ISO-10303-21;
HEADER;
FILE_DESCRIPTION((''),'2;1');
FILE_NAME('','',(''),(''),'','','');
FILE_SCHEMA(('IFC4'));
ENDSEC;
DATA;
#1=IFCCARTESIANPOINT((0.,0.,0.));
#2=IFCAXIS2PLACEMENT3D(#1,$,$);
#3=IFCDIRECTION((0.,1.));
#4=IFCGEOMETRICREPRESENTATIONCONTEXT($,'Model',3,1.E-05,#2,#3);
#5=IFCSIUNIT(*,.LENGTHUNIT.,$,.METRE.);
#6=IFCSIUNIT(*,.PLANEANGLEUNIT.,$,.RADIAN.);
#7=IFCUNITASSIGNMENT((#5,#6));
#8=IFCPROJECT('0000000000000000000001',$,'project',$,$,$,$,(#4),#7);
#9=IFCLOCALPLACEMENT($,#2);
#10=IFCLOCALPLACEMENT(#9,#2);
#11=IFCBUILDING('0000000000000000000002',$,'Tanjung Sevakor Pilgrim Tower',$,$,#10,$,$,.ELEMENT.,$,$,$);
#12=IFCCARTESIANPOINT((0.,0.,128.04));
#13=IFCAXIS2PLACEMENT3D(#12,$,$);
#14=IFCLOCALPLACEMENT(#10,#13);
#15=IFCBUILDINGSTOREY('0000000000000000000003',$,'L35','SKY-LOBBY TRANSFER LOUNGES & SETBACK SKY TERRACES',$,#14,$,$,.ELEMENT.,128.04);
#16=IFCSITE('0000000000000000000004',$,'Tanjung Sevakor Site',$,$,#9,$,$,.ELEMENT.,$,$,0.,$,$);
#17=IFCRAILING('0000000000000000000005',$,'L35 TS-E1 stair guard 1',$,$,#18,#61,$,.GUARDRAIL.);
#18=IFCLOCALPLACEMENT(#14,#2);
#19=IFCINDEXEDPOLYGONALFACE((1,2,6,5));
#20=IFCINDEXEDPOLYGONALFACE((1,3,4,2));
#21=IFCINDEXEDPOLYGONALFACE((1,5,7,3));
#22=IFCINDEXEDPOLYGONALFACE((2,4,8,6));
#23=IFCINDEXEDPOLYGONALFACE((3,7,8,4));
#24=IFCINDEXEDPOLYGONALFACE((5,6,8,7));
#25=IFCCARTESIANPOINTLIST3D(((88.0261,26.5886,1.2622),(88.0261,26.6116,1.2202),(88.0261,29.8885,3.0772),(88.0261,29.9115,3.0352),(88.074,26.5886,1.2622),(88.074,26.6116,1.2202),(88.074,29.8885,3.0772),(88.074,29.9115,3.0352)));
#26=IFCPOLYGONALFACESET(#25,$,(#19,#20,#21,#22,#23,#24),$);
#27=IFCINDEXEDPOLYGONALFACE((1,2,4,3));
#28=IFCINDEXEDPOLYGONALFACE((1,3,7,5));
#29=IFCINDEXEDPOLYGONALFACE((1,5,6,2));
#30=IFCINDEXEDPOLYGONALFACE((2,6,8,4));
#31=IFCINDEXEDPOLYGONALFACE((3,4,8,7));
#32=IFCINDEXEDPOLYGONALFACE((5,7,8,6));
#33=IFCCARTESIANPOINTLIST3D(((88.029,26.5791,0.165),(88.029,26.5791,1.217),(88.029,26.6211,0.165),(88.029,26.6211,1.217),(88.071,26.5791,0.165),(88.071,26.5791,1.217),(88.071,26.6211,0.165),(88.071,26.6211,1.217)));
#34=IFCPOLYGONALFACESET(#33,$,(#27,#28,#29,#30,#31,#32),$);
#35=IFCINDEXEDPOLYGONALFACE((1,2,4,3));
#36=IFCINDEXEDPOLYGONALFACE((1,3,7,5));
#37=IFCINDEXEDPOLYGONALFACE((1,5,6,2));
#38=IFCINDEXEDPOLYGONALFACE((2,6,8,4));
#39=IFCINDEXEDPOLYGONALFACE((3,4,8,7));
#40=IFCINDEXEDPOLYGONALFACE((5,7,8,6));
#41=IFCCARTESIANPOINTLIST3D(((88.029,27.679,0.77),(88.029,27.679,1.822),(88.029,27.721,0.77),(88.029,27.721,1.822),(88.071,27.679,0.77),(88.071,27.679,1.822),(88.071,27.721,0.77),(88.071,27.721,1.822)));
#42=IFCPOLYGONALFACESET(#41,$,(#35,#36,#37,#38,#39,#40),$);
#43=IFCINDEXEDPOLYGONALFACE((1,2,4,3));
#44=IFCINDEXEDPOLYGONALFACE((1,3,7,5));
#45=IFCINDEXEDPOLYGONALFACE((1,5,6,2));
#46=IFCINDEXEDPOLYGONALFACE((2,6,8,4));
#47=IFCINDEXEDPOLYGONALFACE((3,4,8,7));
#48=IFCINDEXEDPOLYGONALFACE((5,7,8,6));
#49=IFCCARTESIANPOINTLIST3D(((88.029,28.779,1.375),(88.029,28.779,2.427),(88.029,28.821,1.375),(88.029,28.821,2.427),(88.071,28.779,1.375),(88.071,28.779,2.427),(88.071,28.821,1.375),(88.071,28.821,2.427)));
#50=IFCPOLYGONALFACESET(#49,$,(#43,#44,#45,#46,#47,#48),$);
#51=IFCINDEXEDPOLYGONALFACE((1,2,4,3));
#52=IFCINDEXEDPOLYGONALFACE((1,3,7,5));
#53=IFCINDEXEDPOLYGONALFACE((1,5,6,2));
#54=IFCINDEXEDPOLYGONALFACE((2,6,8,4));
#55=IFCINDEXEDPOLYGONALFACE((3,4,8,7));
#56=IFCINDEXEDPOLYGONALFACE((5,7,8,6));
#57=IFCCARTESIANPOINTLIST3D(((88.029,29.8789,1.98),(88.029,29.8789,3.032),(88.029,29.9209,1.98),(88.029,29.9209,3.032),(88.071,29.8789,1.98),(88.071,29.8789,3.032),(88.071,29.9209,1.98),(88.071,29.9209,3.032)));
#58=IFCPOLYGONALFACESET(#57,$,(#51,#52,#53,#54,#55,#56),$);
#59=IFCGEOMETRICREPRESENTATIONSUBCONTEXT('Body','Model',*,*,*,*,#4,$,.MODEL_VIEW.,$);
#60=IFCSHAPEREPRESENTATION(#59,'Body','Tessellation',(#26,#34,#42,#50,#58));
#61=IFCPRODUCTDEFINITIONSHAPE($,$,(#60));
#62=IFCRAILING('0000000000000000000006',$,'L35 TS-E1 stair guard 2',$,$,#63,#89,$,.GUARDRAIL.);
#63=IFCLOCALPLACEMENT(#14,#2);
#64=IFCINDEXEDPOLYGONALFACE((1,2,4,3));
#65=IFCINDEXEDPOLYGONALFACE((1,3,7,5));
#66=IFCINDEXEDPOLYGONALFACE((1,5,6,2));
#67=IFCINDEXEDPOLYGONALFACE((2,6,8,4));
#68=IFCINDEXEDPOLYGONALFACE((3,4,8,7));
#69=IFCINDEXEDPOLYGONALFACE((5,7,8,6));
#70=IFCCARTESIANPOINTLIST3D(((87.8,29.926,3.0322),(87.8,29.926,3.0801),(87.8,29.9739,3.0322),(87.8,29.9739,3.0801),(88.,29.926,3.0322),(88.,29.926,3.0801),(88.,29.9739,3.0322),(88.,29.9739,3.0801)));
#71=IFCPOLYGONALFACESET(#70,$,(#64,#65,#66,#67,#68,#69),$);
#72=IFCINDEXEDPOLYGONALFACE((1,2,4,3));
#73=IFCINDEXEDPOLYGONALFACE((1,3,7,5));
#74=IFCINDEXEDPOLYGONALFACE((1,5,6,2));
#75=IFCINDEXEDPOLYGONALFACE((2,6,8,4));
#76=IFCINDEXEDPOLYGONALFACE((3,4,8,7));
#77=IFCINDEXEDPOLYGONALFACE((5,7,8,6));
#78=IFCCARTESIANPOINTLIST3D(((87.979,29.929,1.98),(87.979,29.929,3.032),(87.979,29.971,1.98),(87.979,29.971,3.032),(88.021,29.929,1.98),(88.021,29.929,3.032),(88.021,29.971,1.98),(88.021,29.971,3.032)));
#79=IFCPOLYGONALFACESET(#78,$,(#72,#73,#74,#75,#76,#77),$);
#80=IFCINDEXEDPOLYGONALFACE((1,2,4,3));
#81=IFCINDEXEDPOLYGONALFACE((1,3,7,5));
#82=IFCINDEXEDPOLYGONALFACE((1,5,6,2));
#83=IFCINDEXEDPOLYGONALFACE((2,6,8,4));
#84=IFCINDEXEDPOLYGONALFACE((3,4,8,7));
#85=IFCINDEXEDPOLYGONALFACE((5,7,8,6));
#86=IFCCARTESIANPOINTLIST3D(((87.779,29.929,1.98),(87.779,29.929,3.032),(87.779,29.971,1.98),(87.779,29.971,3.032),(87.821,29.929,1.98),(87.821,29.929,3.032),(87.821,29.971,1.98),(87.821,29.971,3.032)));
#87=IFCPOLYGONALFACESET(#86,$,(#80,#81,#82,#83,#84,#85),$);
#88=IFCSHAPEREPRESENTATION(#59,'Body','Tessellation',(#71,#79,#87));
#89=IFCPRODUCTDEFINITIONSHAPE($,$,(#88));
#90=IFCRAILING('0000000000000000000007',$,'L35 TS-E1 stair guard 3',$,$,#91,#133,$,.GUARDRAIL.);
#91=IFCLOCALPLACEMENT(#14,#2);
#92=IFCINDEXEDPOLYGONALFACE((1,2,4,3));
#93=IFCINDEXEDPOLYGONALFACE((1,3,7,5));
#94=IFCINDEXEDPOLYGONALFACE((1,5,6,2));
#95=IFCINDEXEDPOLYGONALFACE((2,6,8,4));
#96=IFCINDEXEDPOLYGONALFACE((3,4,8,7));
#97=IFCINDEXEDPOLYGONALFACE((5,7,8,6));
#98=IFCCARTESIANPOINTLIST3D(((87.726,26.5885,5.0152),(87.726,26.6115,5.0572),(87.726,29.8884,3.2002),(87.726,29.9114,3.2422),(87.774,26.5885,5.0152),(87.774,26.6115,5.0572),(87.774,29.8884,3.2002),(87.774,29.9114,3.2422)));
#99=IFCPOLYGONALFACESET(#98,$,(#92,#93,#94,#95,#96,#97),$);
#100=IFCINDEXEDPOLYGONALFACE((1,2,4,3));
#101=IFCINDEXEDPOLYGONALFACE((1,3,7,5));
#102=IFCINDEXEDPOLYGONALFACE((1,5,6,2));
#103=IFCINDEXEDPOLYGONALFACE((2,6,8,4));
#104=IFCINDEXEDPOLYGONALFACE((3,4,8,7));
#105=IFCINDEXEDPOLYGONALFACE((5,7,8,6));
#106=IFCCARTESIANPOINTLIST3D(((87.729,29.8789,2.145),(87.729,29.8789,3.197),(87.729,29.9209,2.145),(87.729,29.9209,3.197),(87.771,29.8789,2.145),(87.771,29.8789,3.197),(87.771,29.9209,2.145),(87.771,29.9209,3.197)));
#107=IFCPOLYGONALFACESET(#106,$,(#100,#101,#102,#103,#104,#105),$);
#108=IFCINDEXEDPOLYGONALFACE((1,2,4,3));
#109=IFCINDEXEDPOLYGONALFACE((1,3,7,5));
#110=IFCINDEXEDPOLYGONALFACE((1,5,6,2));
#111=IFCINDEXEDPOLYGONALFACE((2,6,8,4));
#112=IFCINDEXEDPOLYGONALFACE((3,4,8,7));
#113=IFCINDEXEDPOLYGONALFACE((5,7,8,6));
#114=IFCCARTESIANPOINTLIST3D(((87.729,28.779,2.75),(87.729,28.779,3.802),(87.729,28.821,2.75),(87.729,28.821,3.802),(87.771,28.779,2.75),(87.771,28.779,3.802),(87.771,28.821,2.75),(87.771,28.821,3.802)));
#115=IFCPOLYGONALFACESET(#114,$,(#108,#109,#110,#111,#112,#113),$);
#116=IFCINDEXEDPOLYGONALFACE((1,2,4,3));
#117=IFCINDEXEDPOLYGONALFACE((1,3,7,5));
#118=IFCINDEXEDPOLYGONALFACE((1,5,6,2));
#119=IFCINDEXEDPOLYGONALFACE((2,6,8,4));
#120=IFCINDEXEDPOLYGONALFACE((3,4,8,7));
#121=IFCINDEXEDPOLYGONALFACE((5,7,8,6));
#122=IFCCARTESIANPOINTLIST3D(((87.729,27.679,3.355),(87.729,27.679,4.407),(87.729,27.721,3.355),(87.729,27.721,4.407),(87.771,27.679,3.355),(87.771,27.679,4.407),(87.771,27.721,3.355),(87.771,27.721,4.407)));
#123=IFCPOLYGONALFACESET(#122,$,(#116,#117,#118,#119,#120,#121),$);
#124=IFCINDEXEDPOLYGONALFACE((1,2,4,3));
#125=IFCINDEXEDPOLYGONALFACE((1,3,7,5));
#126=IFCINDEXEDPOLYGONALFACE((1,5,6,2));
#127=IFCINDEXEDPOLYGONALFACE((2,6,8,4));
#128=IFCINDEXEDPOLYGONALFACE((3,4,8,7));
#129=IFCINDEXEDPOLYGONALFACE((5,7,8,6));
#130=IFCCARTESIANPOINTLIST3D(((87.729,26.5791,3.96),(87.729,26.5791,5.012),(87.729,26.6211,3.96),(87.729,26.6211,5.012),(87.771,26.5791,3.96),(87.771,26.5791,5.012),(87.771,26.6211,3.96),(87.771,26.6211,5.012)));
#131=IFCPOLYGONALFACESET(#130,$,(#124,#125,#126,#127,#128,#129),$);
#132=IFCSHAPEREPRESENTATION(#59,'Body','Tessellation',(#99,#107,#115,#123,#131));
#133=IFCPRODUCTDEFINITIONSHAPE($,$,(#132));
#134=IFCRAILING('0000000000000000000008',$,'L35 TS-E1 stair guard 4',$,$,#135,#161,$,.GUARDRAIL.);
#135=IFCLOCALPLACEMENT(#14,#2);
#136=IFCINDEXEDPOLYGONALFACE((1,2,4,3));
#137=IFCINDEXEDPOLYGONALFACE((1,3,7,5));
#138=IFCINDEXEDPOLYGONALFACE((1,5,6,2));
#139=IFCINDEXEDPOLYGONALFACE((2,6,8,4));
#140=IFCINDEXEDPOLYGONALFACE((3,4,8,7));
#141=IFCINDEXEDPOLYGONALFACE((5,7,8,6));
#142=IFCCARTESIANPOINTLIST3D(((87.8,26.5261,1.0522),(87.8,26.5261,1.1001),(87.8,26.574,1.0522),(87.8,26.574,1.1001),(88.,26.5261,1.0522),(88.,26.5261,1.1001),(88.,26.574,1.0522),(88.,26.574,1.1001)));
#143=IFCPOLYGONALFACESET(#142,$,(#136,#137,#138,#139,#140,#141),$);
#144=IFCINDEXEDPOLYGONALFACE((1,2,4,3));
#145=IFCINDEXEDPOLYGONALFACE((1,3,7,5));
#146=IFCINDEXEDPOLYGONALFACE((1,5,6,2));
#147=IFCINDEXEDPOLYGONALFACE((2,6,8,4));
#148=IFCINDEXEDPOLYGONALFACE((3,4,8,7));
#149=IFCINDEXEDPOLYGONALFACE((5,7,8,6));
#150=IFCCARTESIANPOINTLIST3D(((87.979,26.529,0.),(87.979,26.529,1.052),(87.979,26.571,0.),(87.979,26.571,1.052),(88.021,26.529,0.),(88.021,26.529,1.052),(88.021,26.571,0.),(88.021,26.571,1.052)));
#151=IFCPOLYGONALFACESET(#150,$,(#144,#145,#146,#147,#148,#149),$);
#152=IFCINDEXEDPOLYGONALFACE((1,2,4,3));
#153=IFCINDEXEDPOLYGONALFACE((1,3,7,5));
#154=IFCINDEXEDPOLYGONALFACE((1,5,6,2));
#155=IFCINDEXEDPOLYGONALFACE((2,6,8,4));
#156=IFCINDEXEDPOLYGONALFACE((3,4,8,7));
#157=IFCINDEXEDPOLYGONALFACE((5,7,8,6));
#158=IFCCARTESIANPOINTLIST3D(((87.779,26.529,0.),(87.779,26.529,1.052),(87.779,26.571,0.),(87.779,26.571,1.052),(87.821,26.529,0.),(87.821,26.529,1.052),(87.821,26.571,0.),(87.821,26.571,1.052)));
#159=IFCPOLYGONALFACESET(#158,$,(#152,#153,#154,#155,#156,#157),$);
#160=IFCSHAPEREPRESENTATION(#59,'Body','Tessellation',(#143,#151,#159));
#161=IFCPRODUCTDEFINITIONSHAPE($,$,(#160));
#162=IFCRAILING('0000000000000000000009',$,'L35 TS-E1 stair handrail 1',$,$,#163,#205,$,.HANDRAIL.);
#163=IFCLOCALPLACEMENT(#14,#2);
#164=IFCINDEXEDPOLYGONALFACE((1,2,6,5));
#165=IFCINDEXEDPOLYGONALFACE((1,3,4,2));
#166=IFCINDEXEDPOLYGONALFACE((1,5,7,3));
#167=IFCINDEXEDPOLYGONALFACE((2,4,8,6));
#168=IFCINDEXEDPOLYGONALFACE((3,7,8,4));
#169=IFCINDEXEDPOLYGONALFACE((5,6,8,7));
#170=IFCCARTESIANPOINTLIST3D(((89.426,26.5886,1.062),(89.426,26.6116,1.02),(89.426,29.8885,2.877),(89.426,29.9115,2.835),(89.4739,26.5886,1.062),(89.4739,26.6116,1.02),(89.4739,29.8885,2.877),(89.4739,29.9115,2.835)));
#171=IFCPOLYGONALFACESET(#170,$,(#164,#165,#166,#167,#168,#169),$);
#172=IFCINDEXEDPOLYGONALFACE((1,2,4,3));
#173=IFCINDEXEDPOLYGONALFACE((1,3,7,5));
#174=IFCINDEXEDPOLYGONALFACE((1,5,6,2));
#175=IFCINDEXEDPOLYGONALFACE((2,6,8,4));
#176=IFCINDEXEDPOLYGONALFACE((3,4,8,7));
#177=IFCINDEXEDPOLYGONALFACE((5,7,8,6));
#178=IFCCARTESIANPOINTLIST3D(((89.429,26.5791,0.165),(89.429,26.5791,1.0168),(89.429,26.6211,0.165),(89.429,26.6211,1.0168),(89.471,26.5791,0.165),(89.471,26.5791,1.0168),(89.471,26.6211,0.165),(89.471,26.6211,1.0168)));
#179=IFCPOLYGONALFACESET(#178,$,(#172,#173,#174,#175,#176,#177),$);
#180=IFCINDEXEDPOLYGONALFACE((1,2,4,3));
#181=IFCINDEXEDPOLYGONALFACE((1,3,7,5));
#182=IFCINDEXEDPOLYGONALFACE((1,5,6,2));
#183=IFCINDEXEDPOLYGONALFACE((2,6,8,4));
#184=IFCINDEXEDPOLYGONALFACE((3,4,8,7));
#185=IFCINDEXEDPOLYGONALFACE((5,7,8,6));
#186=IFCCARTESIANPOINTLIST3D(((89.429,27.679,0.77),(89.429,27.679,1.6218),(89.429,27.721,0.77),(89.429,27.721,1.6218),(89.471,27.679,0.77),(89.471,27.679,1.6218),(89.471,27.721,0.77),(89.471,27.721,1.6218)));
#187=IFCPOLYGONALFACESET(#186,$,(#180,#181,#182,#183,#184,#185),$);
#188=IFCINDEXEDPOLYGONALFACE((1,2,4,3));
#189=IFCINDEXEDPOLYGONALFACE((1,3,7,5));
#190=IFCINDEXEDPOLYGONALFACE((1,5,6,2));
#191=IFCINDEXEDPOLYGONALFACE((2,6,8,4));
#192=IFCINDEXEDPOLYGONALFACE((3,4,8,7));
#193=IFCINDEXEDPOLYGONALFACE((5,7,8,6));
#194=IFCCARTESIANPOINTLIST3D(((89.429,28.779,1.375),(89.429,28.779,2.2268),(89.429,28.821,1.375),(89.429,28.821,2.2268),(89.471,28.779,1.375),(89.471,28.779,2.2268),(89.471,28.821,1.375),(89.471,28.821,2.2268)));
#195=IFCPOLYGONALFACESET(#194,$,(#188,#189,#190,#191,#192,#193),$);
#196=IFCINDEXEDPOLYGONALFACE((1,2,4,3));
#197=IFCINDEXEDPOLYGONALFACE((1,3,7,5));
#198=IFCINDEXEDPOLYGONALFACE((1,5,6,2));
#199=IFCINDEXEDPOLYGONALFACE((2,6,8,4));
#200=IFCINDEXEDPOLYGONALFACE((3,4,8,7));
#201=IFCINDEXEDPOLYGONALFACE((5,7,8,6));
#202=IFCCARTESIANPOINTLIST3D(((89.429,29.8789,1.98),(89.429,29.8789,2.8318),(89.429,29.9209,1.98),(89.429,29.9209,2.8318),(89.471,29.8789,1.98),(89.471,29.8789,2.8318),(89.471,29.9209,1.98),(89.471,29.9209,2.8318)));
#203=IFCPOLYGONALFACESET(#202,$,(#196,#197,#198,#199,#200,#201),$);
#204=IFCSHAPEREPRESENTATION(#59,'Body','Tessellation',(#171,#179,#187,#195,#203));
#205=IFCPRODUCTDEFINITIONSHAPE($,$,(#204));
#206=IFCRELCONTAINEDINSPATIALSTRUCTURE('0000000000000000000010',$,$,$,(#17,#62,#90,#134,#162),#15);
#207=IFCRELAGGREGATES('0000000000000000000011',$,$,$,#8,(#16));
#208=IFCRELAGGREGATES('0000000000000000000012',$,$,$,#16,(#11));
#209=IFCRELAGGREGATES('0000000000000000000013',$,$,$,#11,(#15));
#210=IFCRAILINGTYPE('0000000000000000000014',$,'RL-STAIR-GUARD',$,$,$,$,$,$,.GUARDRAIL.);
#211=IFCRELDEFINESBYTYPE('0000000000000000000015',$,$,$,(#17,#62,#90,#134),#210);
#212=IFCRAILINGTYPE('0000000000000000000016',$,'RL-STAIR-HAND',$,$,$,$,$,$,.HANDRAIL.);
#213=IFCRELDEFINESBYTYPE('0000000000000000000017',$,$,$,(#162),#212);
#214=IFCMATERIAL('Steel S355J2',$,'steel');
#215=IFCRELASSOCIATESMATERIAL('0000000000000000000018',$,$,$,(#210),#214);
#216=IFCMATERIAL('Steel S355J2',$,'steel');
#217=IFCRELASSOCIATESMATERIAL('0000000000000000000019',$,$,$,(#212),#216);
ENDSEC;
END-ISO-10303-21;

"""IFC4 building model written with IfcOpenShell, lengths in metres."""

from ifc_helpers import new_model, si_unit, direction, frame, origin, place, context, subcontext, project, spatial, rectangle, extrude, material, type_object, element, save


model = new_model("IFC4")

# Units and contexts
model_context = context("Model", 3, precision=1e-05, world=origin(), true_north=direction((0.0, 1.0)))
body_context = subcontext(model_context, "Body", "Model", "MODEL_VIEW")
ifc_project = project(units=[si_unit("LENGTHUNIT", "METRE"), si_unit("PLANEANGLEUNIT", "RADIAN")], contexts=[model_context])

# Site, building, storey
site_placement = place(None, origin())
site = spatial("IfcSite", under=ifc_project, at=site_placement, Name="Tanjung Sevakor Site", CompositionType="ELEMENT", RefElevation=0.0)
building_placement = place(site_placement, origin())
building = spatial("IfcBuilding", under=site, at=building_placement, Name="Tanjung Sevakor Pilgrim Tower", CompositionType="ELEMENT")
storey_placement = place(building_placement, frame((0.0, 0.0, 128.04)))
storey = spatial("IfcBuildingStorey", under=building, at=storey_placement, Name="L35", Description="SKY-LOBBY TRANSFER LOUNGES & SETBACK SKY TERRACES", CompositionType="ELEMENT", Elevation=128.04)

# Railings
ifc_material_1 = material(Name="Steel S355J2", Category="steel")
railing_type_1 = type_object("IfcRailingType", Name="RL-STAIR-GUARD", PredefinedType="GUARDRAIL", material=ifc_material_1)
railing_1_placement = place(storey_placement, frame((88.05, 26.6001, 0.165)))
element("IfcRailing", 1, at=railing_1_placement, inside=storey, type_object=railing_type_1, Name="L35 TS-E1 stair guard 1", PredefinedType="GUARDRAIL", context=body_context, shape_type="SweptSolid", body=[
    extrude(rectangle(XDim=0.0479, YDim=0.0479), frame((0.0, 0.0, 1.0762), z_axis=(0.0, 0.87621, 0.481929), x_axis=(-1.0, 0.0, 0.0)), (0.0, 0.0, 1.0), 3.7661),
    extrude(rectangle(XDim=0.042, YDim=0.042), origin(), (0.0, 0.0, 1.0), 1.052),
    extrude(rectangle(XDim=0.042, YDim=0.042), frame((0.0, 1.0999, 0.605)), (0.0, 0.0, 1.0), 1.052),
    extrude(rectangle(XDim=0.042, YDim=0.042), frame((0.0, 2.2, 1.21)), (0.0, 0.0, 1.0), 1.052),
    extrude(rectangle(XDim=0.042, YDim=0.042), frame((0.0, 3.2998, 1.8149)), (0.0, 0.0, 1.0), 1.052),
])
railing_2_placement = place(storey_placement, frame((88.0, 29.95, 1.98)))
element("IfcRailing", 2, at=railing_2_placement, inside=storey, type_object=railing_type_1, Name="L35 TS-E1 stair guard 2", PredefinedType="GUARDRAIL", context=body_context, shape_type="SweptSolid", body=[
    extrude(rectangle(XDim=0.0479, YDim=0.0479), frame((0.0, 0.0, 1.0762), z_axis=(-1.0, 0.0, 0.0), x_axis=(0.0, -1.0, 0.0)), (0.0, 0.0, 1.0), 0.2),
    extrude(rectangle(XDim=0.042, YDim=0.042), origin(), (0.0, 0.0, 1.0), 1.052),
    extrude(rectangle(XDim=0.042, YDim=0.042), frame((-0.2, 0.0, 0.0)), (0.0, 0.0, 1.0), 1.052),
])
railing_3_placement = place(storey_placement, frame((87.75, 29.8999, 2.145)))
element("IfcRailing", 3, at=railing_3_placement, inside=storey, type_object=railing_type_1, Name="L35 TS-E1 stair guard 3", PredefinedType="GUARDRAIL", context=body_context, shape_type="SweptSolid", body=[
    extrude(rectangle(XDim=0.0479, YDim=0.0479), frame((0.0, 0.0, 1.0762), z_axis=(0.0, -0.87621, 0.481929), x_axis=(1.0, 0.0, 0.0)), (0.0, 0.0, 1.0), 3.7661),
    extrude(rectangle(XDim=0.042, YDim=0.042), origin(), (0.0, 0.0, 1.0), 1.052),
    extrude(rectangle(XDim=0.042, YDim=0.042), frame((0.0, -1.0999, 0.605)), (0.0, 0.0, 1.0), 1.052),
    extrude(rectangle(XDim=0.042, YDim=0.042), frame((0.0, -2.2, 1.21)), (0.0, 0.0, 1.0), 1.052),
    extrude(rectangle(XDim=0.042, YDim=0.042), frame((0.0, -3.2998, 1.8149)), (0.0, 0.0, 1.0), 1.052),
])
railing_4_placement = place(storey_placement, frame((88.0, 26.55, 0.0)))
element("IfcRailing", 4, at=railing_4_placement, inside=storey, type_object=railing_type_1, Name="L35 TS-E1 stair guard 4", PredefinedType="GUARDRAIL", context=body_context, shape_type="SweptSolid", body=[
    extrude(rectangle(XDim=0.0479, YDim=0.0479), frame((0.0, 0.0, 1.0762), z_axis=(-1.0, 0.0, 0.0), x_axis=(0.0, -1.0, 0.0)), (0.0, 0.0, 1.0), 0.2),
    extrude(rectangle(XDim=0.042, YDim=0.042), origin(), (0.0, 0.0, 1.0), 1.052),
    extrude(rectangle(XDim=0.042, YDim=0.042), frame((-0.2, 0.0, 0.0)), (0.0, 0.0, 1.0), 1.052),
])
ifc_material_2 = material(Name="Steel S355J2", Category="steel")
railing_type_2 = type_object("IfcRailingType", Name="RL-STAIR-HAND", PredefinedType="HANDRAIL", material=ifc_material_2)
railing_5_placement = place(storey_placement, frame((89.45, 26.6001, 0.165)))
element("IfcRailing", 5, at=railing_5_placement, inside=storey, type_object=railing_type_2, Name="L35 TS-E1 stair handrail 1", PredefinedType="HANDRAIL", context=body_context, shape_type="SweptSolid", body=[
    extrude(rectangle(XDim=0.0479, YDim=0.0479), frame((0.0, 0.0, 0.876), z_axis=(0.0, 0.87621, 0.481929), x_axis=(-1.0, 0.0, 0.0)), (0.0, 0.0, 1.0), 3.7661),
    extrude(rectangle(XDim=0.042, YDim=0.042), origin(), (0.0, 0.0, 1.0), 0.8518),
    extrude(rectangle(XDim=0.042, YDim=0.042), frame((0.0, 1.0999, 0.605)), (0.0, 0.0, 1.0), 0.8518),
    extrude(rectangle(XDim=0.042, YDim=0.042), frame((0.0, 2.2, 1.21)), (0.0, 0.0, 1.0), 0.8518),
    extrude(rectangle(XDim=0.042, YDim=0.042), frame((0.0, 3.2998, 1.8149)), (0.0, 0.0, 1.0), 0.8518),
])

save(model, "model.ifc")
